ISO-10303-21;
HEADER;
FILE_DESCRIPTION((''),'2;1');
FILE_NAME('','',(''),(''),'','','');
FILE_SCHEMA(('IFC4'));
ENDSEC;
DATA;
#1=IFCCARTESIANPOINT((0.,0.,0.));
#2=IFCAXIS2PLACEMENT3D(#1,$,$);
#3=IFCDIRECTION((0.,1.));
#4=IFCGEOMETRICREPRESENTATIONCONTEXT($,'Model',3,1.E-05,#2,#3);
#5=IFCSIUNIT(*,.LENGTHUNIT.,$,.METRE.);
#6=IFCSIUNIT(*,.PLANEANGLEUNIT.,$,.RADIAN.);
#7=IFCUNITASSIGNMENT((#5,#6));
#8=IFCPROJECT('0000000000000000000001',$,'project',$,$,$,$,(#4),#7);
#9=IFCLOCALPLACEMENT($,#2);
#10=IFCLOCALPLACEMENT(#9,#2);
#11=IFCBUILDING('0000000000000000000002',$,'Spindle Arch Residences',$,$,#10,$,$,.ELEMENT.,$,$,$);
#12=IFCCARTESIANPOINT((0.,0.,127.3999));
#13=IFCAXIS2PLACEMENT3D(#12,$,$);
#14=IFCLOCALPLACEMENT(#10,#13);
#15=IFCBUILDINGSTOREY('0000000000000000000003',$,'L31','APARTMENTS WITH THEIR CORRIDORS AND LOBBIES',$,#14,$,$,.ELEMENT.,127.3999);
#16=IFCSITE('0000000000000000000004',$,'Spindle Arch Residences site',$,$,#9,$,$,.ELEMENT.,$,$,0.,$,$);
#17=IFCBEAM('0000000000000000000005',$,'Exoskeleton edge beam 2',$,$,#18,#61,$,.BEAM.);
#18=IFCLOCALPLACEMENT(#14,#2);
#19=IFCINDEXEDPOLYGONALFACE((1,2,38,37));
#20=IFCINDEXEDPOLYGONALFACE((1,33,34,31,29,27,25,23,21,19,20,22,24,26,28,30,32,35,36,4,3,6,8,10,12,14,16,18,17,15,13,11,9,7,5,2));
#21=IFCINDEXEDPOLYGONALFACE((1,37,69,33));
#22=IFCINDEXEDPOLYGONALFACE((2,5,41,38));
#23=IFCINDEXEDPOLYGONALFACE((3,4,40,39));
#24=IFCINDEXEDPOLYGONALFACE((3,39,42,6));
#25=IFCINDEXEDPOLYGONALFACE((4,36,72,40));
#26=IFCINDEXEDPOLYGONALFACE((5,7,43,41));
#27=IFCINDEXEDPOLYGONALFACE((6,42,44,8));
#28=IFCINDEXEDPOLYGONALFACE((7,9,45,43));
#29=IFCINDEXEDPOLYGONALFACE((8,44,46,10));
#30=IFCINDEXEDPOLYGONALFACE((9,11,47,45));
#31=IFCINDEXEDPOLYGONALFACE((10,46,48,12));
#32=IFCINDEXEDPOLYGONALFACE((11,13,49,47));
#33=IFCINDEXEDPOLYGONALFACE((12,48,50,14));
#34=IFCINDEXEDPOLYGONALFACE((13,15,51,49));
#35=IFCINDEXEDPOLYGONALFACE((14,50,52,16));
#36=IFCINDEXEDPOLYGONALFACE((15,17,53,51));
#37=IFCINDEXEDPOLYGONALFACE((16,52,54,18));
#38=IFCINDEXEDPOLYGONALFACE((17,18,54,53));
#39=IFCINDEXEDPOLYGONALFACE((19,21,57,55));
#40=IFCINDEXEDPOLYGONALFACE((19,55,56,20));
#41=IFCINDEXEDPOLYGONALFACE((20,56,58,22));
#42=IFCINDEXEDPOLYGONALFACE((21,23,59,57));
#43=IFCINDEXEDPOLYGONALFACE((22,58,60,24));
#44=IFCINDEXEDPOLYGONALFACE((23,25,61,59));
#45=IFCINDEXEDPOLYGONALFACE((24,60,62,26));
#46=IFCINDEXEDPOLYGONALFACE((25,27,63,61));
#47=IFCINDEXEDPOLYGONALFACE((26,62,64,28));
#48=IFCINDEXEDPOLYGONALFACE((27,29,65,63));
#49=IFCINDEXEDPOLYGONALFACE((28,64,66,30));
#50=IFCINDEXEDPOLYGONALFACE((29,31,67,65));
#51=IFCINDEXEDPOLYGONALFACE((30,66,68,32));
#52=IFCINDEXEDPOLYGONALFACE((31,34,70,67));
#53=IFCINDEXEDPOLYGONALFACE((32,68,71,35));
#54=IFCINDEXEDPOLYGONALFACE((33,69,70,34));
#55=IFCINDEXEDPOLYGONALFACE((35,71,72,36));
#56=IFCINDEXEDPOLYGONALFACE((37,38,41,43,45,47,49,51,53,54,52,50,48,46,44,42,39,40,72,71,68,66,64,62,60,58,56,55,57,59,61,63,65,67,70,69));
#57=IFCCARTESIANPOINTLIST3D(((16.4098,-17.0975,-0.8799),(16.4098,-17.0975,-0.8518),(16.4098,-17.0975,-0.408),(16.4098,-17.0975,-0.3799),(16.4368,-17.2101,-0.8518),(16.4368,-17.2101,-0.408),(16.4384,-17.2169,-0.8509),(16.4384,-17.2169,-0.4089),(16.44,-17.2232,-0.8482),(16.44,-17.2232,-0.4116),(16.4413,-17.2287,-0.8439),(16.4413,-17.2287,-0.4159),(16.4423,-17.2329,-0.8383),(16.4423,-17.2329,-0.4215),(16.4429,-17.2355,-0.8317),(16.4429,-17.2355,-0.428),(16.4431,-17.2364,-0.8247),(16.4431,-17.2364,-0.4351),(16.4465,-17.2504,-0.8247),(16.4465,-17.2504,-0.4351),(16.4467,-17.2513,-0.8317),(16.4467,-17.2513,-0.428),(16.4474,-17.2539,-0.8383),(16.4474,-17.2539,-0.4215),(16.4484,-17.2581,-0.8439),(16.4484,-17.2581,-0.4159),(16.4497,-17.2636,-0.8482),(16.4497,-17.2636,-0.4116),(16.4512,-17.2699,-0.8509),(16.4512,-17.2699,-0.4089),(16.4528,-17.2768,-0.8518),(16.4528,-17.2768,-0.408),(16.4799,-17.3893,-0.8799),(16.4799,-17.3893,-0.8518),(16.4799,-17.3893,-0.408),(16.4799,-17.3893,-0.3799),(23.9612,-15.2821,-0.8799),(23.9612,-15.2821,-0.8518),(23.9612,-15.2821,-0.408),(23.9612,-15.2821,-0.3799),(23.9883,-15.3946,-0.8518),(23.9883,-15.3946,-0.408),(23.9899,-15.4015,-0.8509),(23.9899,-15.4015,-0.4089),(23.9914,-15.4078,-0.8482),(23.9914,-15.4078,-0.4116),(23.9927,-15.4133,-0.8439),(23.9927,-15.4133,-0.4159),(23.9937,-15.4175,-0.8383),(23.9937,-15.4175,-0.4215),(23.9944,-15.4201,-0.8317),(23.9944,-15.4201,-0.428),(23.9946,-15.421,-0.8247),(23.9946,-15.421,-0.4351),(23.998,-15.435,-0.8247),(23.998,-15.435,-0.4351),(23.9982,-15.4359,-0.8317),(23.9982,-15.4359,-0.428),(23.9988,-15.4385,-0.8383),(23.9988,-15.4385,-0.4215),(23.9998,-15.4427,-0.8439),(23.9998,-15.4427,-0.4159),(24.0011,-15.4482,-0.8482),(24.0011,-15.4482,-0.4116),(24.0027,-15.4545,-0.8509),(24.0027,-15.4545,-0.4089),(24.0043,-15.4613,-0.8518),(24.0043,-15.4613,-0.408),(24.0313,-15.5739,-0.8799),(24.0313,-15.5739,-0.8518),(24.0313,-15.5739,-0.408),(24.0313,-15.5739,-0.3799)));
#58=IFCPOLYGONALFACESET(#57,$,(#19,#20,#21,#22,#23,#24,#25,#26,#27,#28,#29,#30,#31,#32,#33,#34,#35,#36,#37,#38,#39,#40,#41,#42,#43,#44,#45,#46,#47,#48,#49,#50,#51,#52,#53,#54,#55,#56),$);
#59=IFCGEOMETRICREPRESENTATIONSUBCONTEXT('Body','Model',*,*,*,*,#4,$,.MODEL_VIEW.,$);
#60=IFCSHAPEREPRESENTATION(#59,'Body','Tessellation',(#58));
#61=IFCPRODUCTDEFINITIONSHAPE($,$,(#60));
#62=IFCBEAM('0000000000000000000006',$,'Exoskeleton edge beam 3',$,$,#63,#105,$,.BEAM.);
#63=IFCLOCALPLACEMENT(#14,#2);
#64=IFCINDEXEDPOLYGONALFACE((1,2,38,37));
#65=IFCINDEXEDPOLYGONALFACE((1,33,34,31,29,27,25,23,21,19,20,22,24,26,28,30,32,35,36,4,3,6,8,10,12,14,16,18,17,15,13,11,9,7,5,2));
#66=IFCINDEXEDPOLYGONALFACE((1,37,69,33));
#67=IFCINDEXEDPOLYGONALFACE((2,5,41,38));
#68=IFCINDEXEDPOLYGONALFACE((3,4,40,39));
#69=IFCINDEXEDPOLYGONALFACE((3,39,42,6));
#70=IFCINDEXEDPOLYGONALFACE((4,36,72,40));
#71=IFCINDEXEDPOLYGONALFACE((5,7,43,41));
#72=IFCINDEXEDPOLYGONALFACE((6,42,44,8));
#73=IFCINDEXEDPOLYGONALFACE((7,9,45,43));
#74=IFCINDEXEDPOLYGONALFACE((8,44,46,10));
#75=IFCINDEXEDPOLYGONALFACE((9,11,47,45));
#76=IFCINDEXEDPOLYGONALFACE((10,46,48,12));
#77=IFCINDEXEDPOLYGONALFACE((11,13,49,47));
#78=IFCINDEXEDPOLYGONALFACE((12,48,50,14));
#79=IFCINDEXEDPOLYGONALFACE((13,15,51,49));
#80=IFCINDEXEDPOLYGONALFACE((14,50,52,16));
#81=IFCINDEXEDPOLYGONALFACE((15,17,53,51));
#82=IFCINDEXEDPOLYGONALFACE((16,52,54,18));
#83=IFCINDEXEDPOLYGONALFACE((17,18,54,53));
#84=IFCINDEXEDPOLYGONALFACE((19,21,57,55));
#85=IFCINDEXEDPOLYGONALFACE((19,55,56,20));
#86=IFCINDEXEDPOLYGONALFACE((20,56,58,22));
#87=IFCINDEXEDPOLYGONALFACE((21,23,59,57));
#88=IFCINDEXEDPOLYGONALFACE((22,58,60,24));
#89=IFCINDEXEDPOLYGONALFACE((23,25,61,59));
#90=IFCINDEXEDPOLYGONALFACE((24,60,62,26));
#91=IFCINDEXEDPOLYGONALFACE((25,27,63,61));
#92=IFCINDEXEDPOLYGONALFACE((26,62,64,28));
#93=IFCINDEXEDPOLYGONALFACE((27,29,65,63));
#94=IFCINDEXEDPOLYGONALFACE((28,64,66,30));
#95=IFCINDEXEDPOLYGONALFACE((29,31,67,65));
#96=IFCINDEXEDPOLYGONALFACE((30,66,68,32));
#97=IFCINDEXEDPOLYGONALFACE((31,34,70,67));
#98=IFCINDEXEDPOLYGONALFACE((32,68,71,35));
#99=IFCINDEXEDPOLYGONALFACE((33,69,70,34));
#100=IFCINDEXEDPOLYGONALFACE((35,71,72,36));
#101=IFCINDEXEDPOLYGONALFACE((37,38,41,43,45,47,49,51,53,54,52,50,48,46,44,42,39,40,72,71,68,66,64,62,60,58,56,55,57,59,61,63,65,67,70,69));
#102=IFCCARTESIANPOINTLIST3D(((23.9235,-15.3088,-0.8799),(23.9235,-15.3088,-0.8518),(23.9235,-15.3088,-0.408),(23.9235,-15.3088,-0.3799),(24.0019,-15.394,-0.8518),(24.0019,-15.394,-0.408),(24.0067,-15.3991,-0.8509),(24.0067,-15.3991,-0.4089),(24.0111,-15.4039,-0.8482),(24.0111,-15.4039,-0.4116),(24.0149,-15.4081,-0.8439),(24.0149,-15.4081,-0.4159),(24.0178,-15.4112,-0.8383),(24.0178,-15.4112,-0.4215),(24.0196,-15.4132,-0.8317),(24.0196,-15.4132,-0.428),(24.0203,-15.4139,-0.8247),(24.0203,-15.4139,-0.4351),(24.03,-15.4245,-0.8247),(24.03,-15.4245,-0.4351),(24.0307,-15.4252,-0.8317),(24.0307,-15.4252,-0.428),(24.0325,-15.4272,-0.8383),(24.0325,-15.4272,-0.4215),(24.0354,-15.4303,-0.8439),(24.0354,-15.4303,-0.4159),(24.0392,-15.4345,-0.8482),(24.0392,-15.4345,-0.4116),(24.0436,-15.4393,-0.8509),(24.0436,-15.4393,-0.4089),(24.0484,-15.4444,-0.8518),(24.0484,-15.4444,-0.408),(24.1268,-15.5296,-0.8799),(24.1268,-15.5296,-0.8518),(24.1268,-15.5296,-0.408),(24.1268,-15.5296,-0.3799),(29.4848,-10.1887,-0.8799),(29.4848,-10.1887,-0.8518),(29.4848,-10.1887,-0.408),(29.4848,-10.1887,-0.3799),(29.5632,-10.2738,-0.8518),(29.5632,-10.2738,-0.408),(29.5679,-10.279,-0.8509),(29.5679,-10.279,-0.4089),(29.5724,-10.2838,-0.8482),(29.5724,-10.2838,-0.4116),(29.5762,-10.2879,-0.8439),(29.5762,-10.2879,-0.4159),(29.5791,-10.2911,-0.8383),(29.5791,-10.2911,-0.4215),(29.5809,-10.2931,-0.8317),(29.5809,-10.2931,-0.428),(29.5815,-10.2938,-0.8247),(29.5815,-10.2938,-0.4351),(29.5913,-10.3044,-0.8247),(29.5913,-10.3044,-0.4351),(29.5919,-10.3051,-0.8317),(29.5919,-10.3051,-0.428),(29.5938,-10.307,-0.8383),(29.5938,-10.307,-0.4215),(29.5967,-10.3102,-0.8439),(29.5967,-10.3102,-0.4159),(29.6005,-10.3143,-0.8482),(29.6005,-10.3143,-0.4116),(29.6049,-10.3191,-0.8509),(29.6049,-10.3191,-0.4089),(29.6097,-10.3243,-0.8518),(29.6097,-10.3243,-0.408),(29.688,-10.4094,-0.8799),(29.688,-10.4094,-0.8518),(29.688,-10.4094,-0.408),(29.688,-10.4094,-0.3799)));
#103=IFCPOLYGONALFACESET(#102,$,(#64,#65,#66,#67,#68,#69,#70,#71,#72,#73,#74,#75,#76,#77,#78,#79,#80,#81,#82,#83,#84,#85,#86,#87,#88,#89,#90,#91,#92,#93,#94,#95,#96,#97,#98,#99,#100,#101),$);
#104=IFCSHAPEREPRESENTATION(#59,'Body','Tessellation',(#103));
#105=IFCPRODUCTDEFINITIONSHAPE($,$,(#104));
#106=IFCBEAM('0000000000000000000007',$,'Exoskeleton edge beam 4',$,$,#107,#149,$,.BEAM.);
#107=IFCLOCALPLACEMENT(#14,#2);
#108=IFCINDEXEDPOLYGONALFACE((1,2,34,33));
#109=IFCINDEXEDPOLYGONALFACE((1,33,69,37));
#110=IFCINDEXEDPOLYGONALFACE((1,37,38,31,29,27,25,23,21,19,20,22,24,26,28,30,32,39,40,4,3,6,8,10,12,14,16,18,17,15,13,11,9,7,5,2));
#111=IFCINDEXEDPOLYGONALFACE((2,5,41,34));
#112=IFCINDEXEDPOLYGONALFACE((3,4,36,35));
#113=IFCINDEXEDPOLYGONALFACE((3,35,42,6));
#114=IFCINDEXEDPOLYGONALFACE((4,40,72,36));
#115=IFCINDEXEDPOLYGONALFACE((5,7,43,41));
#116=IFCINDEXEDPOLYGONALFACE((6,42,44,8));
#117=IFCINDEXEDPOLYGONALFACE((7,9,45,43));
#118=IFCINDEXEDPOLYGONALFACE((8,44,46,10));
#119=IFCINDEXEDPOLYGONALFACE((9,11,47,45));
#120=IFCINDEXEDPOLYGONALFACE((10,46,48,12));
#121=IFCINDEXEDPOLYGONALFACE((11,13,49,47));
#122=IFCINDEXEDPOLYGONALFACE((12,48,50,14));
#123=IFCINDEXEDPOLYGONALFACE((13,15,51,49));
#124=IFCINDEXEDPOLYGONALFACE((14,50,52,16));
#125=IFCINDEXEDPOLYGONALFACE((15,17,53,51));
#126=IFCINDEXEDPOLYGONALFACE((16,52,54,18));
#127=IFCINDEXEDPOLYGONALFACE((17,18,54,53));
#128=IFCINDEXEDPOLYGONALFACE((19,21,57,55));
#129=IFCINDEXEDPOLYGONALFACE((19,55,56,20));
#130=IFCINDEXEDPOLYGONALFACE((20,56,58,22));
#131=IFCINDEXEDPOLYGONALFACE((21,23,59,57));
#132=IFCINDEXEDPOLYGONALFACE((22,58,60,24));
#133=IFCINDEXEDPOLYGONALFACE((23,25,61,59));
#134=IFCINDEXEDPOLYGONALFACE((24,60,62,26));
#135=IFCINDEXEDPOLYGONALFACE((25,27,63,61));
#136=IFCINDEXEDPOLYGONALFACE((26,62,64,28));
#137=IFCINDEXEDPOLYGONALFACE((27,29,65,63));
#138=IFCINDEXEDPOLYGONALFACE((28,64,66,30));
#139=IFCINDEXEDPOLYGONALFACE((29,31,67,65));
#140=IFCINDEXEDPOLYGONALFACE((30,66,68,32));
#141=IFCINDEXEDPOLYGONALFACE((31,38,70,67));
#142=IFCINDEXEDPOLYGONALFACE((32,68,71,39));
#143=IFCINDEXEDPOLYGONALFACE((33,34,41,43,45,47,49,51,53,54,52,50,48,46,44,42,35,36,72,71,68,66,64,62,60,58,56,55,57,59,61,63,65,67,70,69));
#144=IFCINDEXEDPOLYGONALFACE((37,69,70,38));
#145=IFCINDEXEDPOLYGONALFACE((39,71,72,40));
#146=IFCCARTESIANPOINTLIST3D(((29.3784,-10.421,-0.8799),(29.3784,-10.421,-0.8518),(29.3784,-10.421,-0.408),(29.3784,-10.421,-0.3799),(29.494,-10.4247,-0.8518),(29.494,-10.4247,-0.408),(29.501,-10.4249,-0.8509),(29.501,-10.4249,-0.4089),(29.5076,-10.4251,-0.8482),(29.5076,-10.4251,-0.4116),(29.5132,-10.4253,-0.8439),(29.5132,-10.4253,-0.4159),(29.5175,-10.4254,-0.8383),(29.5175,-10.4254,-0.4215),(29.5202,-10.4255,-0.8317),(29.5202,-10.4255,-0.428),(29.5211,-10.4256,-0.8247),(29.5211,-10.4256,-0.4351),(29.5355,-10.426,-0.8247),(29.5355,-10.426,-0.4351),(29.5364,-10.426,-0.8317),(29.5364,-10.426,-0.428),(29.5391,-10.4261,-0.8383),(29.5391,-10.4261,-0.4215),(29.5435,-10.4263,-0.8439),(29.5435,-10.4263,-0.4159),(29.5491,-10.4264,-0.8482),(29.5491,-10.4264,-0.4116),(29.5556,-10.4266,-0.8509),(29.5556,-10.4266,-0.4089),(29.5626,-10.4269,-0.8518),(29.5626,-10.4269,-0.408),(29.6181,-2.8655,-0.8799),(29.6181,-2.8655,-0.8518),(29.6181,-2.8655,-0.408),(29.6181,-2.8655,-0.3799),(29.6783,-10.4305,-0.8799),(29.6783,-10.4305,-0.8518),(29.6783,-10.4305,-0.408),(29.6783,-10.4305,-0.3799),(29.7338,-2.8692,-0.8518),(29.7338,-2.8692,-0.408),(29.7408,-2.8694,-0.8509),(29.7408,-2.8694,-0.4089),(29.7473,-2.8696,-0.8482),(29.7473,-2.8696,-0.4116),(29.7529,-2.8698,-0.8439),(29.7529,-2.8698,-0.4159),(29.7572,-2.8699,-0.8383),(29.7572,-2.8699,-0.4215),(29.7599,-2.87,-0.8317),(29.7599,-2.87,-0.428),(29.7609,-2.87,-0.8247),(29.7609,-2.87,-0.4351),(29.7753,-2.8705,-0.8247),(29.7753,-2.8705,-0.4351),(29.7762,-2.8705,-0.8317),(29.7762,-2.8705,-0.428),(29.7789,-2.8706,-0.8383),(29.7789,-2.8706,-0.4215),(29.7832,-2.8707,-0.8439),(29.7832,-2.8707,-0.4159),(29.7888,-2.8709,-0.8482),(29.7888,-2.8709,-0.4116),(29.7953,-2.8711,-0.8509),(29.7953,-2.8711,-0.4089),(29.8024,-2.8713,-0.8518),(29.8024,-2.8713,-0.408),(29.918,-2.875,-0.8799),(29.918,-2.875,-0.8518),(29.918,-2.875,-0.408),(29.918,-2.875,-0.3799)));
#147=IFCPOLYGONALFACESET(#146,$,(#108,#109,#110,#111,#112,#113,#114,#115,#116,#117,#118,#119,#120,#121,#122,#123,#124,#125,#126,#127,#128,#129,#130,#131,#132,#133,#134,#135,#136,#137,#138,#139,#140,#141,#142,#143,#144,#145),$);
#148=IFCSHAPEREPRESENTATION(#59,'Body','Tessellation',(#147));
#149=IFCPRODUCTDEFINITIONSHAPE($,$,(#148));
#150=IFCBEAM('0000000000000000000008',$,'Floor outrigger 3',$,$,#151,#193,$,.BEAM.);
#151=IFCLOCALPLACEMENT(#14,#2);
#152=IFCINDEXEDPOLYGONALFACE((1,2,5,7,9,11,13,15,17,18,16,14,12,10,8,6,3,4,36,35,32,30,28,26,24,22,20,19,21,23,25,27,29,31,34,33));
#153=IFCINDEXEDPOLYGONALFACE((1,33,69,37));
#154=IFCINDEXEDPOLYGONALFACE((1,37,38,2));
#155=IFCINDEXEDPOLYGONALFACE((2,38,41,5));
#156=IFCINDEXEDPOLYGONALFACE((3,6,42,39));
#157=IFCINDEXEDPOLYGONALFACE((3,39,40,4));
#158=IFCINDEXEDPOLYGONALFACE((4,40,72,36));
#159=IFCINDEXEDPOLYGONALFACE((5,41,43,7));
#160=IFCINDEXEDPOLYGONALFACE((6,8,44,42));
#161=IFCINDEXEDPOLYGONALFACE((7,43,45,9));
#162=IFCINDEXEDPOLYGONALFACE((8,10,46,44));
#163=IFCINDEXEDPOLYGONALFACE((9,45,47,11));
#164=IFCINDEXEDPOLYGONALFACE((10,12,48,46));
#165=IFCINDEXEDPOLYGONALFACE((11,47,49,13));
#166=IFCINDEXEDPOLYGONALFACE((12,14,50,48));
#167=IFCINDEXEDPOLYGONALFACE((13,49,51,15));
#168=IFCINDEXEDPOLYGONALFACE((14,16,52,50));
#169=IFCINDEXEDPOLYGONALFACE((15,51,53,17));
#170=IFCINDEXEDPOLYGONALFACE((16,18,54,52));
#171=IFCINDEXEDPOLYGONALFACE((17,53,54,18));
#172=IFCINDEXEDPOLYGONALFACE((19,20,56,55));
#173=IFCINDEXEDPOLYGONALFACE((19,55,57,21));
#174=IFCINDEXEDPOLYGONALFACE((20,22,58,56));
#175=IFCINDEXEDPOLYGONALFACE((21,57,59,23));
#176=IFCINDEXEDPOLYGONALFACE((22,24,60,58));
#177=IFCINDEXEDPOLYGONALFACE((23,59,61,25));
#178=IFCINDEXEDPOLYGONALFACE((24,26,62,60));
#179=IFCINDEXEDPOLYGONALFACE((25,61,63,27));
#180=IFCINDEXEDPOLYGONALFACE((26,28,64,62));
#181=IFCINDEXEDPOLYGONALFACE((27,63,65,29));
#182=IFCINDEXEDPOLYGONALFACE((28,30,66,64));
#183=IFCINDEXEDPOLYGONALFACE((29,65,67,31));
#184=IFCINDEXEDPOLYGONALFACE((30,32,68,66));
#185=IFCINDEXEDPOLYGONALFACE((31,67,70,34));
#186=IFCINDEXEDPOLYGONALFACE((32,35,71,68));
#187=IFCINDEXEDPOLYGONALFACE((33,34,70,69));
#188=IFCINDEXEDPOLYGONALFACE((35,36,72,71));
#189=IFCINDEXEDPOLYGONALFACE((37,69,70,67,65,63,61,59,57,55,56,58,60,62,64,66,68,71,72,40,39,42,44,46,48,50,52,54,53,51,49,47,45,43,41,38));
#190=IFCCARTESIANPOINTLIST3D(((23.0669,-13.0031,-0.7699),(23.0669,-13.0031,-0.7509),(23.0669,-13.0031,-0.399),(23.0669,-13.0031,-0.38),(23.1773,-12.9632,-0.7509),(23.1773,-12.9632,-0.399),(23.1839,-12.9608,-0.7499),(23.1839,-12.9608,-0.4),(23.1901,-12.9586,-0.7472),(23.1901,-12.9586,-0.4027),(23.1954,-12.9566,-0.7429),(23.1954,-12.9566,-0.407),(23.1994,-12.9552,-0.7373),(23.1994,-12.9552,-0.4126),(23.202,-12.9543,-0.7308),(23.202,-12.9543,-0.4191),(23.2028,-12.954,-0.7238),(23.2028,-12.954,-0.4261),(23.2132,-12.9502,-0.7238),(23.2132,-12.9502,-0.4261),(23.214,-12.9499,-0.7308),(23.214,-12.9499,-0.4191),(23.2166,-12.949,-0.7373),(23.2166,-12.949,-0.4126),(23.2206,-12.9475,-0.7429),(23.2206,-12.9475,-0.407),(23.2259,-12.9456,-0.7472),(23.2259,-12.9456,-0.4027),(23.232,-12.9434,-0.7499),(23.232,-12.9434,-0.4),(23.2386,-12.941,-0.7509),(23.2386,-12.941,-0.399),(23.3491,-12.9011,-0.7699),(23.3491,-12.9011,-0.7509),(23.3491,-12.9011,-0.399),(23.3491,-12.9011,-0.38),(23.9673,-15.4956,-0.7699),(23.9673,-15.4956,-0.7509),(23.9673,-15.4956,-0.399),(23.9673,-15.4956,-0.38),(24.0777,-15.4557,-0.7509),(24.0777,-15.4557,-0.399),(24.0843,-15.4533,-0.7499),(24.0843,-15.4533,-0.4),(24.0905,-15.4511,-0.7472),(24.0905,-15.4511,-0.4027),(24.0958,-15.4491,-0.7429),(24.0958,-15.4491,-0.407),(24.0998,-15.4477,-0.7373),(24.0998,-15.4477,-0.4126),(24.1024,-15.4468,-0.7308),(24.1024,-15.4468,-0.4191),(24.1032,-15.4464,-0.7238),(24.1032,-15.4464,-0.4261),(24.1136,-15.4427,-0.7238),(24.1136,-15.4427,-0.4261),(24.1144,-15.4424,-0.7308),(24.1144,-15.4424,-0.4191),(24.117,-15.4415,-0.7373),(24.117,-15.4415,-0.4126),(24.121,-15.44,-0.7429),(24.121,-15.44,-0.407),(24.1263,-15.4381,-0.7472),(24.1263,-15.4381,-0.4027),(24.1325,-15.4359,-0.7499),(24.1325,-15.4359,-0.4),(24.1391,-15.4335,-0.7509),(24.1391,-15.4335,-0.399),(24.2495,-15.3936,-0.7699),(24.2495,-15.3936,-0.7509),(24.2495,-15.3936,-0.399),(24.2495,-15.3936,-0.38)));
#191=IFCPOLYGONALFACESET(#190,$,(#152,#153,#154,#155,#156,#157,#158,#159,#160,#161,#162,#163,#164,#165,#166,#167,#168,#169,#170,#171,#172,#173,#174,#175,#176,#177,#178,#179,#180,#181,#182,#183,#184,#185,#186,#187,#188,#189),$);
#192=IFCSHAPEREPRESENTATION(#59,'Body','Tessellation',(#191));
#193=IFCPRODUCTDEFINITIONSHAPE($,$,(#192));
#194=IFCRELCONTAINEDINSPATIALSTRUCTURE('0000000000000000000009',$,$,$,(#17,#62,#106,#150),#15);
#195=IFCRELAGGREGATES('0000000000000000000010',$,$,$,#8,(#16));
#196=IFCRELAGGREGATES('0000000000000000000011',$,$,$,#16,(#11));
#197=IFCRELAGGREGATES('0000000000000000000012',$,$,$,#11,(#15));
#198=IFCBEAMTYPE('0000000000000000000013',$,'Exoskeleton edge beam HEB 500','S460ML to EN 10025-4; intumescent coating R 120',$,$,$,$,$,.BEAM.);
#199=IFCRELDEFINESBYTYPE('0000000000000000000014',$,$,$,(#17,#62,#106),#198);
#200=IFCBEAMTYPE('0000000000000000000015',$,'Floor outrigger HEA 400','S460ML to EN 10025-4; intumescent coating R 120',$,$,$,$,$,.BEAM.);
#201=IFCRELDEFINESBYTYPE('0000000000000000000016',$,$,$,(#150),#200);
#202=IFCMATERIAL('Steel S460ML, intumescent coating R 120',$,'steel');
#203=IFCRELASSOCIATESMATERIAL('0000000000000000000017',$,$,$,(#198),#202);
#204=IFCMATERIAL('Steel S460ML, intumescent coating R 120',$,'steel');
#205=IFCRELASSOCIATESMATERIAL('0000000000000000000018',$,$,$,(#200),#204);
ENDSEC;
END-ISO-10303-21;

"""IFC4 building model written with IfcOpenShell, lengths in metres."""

from ifc_helpers import new_model, si_unit, direction, frame, origin, origin_2d, place, context, subcontext, project, spatial, i_section, extrude, material, material_profile, profile_set, type_object, element, save


model = new_model("IFC4")

# Units and contexts
model_context = context("Model", 3, precision=1e-05, world=origin(), true_north=direction((0.0, 1.0)))
body_context = subcontext(model_context, "Body", "Model", "MODEL_VIEW")
ifc_project = project(units=[si_unit("LENGTHUNIT", "METRE"), si_unit("PLANEANGLEUNIT", "RADIAN")], contexts=[model_context])

# Site, building, storey
site_placement = place(None, origin())
site = spatial("IfcSite", under=ifc_project, at=site_placement, Name="Spindle Arch Residences site", CompositionType="ELEMENT", RefElevation=0.0)
building_placement = place(site_placement, origin())
building = spatial("IfcBuilding", under=site, at=building_placement, Name="Spindle Arch Residences", CompositionType="ELEMENT")
storey_placement = place(building_placement, frame((0.0, 0.0, 127.3999)))
storey = spatial("IfcBuildingStorey", under=building, at=storey_placement, Name="L31", Description="APARTMENTS WITH THEIR CORRIDORS AND LOBBIES", CompositionType="ELEMENT", Elevation=127.3999)

# Beams
ifc_material_1 = material(Name="Steel S460ML, intumescent coating R 120", Category="steel")
ifc_material_profile_1 = material_profile(ifc_material_1, i_section(OverallWidth=0.3, OverallDepth=0.5, WebThickness=0.0144, FlangeThickness=0.0281, FilletRadius=0.0271, at=origin_2d()), Name="HEB 500")
ifc_profile_set_1 = profile_set([ifc_material_profile_1], Name="Steel S460ML, intumescent coating R 120")
beam_type_1 = type_object("IfcBeamType", Name="Exoskeleton edge beam HEB 500", Description="S460ML to EN 10025-4; intumescent coating R 120", PredefinedType="BEAM", material=ifc_profile_set_1)
beam_1_placement = place(storey_placement, frame((16.4448, -17.2434, -0.6299), z_axis=(0.972298, 0.233746, 0.0), x_axis=(-0.233746, 0.972298, 0.0)))
element("IfcBeam", 1, at=beam_1_placement, inside=storey, type_object=beam_type_1, Name="Exoskeleton edge beam 2", PredefinedType="BEAM", context=body_context, shape_type="SweptSolid", body=[
    extrude(i_section(OverallWidth=0.3, OverallDepth=0.5, WebThickness=0.0144, FlangeThickness=0.0281, FilletRadius=0.0271, at=origin_2d()), origin(), (0.0, 0.0, 1.0), 7.7666),
])
for number, where, z_axis, x_axis, name in (
    (2, (24.0251, -15.4192, -0.6299), (0.735684, 0.677324, 0.0), (-0.677324, 0.735684, 0.0), "Exoskeleton edge beam 3"),
    (3, (29.5283, -10.4258, -0.6299), (0.031716, 0.999497, 0.0), (-0.999497, 0.031716, 0.0), "Exoskeleton edge beam 4"),
):
    element("IfcBeam", number, at=place(storey_placement, frame(where, z_axis=z_axis, x_axis=x_axis)), inside=storey, type_object=beam_type_1, Name=name, PredefinedType="BEAM", context=body_context, shape_type="SweptSolid", body=[
        extrude(i_section(OverallWidth=0.3, OverallDepth=0.5, WebThickness=0.0144, FlangeThickness=0.0281, FilletRadius=0.0271, at=origin_2d()), origin(), (0.0, 0.0, 1.0), 7.5593),
    ])
ifc_material_2 = material(Name="Steel S460ML, intumescent coating R 120", Category="steel")
ifc_material_profile_2 = material_profile(ifc_material_2, i_section(OverallWidth=0.3, OverallDepth=0.3899, WebThickness=0.011, FlangeThickness=0.019, FilletRadius=0.0271, at=origin_2d()), Name="HEA 400")
ifc_profile_set_2 = profile_set([ifc_material_profile_2], Name="Steel S460ML, intumescent coating R 120")
beam_type_2 = type_object("IfcBeamType", Name="Floor outrigger HEA 400", Description="S460ML to EN 10025-4; intumescent coating R 120", PredefinedType="BEAM", material=ifc_profile_set_2)
beam_2_placement = place(storey_placement, frame((24.1084, -15.4446, -0.575), z_axis=(-0.33976, 0.940512, 0.0), x_axis=(-0.940512, -0.33976, 0.0)))
element("IfcBeam", 4, at=beam_2_placement, inside=storey, type_object=beam_type_2, Name="Floor outrigger 3", PredefinedType="BEAM", context=body_context, shape_type="SweptSolid", body=[
    extrude(i_section(OverallWidth=0.3, OverallDepth=0.3899, WebThickness=0.011, FlangeThickness=0.019, FilletRadius=0.0271, at=origin_2d()), origin(), (0.0, 0.0, 1.0), 2.6501),
])

save(model, "model.ifc")
